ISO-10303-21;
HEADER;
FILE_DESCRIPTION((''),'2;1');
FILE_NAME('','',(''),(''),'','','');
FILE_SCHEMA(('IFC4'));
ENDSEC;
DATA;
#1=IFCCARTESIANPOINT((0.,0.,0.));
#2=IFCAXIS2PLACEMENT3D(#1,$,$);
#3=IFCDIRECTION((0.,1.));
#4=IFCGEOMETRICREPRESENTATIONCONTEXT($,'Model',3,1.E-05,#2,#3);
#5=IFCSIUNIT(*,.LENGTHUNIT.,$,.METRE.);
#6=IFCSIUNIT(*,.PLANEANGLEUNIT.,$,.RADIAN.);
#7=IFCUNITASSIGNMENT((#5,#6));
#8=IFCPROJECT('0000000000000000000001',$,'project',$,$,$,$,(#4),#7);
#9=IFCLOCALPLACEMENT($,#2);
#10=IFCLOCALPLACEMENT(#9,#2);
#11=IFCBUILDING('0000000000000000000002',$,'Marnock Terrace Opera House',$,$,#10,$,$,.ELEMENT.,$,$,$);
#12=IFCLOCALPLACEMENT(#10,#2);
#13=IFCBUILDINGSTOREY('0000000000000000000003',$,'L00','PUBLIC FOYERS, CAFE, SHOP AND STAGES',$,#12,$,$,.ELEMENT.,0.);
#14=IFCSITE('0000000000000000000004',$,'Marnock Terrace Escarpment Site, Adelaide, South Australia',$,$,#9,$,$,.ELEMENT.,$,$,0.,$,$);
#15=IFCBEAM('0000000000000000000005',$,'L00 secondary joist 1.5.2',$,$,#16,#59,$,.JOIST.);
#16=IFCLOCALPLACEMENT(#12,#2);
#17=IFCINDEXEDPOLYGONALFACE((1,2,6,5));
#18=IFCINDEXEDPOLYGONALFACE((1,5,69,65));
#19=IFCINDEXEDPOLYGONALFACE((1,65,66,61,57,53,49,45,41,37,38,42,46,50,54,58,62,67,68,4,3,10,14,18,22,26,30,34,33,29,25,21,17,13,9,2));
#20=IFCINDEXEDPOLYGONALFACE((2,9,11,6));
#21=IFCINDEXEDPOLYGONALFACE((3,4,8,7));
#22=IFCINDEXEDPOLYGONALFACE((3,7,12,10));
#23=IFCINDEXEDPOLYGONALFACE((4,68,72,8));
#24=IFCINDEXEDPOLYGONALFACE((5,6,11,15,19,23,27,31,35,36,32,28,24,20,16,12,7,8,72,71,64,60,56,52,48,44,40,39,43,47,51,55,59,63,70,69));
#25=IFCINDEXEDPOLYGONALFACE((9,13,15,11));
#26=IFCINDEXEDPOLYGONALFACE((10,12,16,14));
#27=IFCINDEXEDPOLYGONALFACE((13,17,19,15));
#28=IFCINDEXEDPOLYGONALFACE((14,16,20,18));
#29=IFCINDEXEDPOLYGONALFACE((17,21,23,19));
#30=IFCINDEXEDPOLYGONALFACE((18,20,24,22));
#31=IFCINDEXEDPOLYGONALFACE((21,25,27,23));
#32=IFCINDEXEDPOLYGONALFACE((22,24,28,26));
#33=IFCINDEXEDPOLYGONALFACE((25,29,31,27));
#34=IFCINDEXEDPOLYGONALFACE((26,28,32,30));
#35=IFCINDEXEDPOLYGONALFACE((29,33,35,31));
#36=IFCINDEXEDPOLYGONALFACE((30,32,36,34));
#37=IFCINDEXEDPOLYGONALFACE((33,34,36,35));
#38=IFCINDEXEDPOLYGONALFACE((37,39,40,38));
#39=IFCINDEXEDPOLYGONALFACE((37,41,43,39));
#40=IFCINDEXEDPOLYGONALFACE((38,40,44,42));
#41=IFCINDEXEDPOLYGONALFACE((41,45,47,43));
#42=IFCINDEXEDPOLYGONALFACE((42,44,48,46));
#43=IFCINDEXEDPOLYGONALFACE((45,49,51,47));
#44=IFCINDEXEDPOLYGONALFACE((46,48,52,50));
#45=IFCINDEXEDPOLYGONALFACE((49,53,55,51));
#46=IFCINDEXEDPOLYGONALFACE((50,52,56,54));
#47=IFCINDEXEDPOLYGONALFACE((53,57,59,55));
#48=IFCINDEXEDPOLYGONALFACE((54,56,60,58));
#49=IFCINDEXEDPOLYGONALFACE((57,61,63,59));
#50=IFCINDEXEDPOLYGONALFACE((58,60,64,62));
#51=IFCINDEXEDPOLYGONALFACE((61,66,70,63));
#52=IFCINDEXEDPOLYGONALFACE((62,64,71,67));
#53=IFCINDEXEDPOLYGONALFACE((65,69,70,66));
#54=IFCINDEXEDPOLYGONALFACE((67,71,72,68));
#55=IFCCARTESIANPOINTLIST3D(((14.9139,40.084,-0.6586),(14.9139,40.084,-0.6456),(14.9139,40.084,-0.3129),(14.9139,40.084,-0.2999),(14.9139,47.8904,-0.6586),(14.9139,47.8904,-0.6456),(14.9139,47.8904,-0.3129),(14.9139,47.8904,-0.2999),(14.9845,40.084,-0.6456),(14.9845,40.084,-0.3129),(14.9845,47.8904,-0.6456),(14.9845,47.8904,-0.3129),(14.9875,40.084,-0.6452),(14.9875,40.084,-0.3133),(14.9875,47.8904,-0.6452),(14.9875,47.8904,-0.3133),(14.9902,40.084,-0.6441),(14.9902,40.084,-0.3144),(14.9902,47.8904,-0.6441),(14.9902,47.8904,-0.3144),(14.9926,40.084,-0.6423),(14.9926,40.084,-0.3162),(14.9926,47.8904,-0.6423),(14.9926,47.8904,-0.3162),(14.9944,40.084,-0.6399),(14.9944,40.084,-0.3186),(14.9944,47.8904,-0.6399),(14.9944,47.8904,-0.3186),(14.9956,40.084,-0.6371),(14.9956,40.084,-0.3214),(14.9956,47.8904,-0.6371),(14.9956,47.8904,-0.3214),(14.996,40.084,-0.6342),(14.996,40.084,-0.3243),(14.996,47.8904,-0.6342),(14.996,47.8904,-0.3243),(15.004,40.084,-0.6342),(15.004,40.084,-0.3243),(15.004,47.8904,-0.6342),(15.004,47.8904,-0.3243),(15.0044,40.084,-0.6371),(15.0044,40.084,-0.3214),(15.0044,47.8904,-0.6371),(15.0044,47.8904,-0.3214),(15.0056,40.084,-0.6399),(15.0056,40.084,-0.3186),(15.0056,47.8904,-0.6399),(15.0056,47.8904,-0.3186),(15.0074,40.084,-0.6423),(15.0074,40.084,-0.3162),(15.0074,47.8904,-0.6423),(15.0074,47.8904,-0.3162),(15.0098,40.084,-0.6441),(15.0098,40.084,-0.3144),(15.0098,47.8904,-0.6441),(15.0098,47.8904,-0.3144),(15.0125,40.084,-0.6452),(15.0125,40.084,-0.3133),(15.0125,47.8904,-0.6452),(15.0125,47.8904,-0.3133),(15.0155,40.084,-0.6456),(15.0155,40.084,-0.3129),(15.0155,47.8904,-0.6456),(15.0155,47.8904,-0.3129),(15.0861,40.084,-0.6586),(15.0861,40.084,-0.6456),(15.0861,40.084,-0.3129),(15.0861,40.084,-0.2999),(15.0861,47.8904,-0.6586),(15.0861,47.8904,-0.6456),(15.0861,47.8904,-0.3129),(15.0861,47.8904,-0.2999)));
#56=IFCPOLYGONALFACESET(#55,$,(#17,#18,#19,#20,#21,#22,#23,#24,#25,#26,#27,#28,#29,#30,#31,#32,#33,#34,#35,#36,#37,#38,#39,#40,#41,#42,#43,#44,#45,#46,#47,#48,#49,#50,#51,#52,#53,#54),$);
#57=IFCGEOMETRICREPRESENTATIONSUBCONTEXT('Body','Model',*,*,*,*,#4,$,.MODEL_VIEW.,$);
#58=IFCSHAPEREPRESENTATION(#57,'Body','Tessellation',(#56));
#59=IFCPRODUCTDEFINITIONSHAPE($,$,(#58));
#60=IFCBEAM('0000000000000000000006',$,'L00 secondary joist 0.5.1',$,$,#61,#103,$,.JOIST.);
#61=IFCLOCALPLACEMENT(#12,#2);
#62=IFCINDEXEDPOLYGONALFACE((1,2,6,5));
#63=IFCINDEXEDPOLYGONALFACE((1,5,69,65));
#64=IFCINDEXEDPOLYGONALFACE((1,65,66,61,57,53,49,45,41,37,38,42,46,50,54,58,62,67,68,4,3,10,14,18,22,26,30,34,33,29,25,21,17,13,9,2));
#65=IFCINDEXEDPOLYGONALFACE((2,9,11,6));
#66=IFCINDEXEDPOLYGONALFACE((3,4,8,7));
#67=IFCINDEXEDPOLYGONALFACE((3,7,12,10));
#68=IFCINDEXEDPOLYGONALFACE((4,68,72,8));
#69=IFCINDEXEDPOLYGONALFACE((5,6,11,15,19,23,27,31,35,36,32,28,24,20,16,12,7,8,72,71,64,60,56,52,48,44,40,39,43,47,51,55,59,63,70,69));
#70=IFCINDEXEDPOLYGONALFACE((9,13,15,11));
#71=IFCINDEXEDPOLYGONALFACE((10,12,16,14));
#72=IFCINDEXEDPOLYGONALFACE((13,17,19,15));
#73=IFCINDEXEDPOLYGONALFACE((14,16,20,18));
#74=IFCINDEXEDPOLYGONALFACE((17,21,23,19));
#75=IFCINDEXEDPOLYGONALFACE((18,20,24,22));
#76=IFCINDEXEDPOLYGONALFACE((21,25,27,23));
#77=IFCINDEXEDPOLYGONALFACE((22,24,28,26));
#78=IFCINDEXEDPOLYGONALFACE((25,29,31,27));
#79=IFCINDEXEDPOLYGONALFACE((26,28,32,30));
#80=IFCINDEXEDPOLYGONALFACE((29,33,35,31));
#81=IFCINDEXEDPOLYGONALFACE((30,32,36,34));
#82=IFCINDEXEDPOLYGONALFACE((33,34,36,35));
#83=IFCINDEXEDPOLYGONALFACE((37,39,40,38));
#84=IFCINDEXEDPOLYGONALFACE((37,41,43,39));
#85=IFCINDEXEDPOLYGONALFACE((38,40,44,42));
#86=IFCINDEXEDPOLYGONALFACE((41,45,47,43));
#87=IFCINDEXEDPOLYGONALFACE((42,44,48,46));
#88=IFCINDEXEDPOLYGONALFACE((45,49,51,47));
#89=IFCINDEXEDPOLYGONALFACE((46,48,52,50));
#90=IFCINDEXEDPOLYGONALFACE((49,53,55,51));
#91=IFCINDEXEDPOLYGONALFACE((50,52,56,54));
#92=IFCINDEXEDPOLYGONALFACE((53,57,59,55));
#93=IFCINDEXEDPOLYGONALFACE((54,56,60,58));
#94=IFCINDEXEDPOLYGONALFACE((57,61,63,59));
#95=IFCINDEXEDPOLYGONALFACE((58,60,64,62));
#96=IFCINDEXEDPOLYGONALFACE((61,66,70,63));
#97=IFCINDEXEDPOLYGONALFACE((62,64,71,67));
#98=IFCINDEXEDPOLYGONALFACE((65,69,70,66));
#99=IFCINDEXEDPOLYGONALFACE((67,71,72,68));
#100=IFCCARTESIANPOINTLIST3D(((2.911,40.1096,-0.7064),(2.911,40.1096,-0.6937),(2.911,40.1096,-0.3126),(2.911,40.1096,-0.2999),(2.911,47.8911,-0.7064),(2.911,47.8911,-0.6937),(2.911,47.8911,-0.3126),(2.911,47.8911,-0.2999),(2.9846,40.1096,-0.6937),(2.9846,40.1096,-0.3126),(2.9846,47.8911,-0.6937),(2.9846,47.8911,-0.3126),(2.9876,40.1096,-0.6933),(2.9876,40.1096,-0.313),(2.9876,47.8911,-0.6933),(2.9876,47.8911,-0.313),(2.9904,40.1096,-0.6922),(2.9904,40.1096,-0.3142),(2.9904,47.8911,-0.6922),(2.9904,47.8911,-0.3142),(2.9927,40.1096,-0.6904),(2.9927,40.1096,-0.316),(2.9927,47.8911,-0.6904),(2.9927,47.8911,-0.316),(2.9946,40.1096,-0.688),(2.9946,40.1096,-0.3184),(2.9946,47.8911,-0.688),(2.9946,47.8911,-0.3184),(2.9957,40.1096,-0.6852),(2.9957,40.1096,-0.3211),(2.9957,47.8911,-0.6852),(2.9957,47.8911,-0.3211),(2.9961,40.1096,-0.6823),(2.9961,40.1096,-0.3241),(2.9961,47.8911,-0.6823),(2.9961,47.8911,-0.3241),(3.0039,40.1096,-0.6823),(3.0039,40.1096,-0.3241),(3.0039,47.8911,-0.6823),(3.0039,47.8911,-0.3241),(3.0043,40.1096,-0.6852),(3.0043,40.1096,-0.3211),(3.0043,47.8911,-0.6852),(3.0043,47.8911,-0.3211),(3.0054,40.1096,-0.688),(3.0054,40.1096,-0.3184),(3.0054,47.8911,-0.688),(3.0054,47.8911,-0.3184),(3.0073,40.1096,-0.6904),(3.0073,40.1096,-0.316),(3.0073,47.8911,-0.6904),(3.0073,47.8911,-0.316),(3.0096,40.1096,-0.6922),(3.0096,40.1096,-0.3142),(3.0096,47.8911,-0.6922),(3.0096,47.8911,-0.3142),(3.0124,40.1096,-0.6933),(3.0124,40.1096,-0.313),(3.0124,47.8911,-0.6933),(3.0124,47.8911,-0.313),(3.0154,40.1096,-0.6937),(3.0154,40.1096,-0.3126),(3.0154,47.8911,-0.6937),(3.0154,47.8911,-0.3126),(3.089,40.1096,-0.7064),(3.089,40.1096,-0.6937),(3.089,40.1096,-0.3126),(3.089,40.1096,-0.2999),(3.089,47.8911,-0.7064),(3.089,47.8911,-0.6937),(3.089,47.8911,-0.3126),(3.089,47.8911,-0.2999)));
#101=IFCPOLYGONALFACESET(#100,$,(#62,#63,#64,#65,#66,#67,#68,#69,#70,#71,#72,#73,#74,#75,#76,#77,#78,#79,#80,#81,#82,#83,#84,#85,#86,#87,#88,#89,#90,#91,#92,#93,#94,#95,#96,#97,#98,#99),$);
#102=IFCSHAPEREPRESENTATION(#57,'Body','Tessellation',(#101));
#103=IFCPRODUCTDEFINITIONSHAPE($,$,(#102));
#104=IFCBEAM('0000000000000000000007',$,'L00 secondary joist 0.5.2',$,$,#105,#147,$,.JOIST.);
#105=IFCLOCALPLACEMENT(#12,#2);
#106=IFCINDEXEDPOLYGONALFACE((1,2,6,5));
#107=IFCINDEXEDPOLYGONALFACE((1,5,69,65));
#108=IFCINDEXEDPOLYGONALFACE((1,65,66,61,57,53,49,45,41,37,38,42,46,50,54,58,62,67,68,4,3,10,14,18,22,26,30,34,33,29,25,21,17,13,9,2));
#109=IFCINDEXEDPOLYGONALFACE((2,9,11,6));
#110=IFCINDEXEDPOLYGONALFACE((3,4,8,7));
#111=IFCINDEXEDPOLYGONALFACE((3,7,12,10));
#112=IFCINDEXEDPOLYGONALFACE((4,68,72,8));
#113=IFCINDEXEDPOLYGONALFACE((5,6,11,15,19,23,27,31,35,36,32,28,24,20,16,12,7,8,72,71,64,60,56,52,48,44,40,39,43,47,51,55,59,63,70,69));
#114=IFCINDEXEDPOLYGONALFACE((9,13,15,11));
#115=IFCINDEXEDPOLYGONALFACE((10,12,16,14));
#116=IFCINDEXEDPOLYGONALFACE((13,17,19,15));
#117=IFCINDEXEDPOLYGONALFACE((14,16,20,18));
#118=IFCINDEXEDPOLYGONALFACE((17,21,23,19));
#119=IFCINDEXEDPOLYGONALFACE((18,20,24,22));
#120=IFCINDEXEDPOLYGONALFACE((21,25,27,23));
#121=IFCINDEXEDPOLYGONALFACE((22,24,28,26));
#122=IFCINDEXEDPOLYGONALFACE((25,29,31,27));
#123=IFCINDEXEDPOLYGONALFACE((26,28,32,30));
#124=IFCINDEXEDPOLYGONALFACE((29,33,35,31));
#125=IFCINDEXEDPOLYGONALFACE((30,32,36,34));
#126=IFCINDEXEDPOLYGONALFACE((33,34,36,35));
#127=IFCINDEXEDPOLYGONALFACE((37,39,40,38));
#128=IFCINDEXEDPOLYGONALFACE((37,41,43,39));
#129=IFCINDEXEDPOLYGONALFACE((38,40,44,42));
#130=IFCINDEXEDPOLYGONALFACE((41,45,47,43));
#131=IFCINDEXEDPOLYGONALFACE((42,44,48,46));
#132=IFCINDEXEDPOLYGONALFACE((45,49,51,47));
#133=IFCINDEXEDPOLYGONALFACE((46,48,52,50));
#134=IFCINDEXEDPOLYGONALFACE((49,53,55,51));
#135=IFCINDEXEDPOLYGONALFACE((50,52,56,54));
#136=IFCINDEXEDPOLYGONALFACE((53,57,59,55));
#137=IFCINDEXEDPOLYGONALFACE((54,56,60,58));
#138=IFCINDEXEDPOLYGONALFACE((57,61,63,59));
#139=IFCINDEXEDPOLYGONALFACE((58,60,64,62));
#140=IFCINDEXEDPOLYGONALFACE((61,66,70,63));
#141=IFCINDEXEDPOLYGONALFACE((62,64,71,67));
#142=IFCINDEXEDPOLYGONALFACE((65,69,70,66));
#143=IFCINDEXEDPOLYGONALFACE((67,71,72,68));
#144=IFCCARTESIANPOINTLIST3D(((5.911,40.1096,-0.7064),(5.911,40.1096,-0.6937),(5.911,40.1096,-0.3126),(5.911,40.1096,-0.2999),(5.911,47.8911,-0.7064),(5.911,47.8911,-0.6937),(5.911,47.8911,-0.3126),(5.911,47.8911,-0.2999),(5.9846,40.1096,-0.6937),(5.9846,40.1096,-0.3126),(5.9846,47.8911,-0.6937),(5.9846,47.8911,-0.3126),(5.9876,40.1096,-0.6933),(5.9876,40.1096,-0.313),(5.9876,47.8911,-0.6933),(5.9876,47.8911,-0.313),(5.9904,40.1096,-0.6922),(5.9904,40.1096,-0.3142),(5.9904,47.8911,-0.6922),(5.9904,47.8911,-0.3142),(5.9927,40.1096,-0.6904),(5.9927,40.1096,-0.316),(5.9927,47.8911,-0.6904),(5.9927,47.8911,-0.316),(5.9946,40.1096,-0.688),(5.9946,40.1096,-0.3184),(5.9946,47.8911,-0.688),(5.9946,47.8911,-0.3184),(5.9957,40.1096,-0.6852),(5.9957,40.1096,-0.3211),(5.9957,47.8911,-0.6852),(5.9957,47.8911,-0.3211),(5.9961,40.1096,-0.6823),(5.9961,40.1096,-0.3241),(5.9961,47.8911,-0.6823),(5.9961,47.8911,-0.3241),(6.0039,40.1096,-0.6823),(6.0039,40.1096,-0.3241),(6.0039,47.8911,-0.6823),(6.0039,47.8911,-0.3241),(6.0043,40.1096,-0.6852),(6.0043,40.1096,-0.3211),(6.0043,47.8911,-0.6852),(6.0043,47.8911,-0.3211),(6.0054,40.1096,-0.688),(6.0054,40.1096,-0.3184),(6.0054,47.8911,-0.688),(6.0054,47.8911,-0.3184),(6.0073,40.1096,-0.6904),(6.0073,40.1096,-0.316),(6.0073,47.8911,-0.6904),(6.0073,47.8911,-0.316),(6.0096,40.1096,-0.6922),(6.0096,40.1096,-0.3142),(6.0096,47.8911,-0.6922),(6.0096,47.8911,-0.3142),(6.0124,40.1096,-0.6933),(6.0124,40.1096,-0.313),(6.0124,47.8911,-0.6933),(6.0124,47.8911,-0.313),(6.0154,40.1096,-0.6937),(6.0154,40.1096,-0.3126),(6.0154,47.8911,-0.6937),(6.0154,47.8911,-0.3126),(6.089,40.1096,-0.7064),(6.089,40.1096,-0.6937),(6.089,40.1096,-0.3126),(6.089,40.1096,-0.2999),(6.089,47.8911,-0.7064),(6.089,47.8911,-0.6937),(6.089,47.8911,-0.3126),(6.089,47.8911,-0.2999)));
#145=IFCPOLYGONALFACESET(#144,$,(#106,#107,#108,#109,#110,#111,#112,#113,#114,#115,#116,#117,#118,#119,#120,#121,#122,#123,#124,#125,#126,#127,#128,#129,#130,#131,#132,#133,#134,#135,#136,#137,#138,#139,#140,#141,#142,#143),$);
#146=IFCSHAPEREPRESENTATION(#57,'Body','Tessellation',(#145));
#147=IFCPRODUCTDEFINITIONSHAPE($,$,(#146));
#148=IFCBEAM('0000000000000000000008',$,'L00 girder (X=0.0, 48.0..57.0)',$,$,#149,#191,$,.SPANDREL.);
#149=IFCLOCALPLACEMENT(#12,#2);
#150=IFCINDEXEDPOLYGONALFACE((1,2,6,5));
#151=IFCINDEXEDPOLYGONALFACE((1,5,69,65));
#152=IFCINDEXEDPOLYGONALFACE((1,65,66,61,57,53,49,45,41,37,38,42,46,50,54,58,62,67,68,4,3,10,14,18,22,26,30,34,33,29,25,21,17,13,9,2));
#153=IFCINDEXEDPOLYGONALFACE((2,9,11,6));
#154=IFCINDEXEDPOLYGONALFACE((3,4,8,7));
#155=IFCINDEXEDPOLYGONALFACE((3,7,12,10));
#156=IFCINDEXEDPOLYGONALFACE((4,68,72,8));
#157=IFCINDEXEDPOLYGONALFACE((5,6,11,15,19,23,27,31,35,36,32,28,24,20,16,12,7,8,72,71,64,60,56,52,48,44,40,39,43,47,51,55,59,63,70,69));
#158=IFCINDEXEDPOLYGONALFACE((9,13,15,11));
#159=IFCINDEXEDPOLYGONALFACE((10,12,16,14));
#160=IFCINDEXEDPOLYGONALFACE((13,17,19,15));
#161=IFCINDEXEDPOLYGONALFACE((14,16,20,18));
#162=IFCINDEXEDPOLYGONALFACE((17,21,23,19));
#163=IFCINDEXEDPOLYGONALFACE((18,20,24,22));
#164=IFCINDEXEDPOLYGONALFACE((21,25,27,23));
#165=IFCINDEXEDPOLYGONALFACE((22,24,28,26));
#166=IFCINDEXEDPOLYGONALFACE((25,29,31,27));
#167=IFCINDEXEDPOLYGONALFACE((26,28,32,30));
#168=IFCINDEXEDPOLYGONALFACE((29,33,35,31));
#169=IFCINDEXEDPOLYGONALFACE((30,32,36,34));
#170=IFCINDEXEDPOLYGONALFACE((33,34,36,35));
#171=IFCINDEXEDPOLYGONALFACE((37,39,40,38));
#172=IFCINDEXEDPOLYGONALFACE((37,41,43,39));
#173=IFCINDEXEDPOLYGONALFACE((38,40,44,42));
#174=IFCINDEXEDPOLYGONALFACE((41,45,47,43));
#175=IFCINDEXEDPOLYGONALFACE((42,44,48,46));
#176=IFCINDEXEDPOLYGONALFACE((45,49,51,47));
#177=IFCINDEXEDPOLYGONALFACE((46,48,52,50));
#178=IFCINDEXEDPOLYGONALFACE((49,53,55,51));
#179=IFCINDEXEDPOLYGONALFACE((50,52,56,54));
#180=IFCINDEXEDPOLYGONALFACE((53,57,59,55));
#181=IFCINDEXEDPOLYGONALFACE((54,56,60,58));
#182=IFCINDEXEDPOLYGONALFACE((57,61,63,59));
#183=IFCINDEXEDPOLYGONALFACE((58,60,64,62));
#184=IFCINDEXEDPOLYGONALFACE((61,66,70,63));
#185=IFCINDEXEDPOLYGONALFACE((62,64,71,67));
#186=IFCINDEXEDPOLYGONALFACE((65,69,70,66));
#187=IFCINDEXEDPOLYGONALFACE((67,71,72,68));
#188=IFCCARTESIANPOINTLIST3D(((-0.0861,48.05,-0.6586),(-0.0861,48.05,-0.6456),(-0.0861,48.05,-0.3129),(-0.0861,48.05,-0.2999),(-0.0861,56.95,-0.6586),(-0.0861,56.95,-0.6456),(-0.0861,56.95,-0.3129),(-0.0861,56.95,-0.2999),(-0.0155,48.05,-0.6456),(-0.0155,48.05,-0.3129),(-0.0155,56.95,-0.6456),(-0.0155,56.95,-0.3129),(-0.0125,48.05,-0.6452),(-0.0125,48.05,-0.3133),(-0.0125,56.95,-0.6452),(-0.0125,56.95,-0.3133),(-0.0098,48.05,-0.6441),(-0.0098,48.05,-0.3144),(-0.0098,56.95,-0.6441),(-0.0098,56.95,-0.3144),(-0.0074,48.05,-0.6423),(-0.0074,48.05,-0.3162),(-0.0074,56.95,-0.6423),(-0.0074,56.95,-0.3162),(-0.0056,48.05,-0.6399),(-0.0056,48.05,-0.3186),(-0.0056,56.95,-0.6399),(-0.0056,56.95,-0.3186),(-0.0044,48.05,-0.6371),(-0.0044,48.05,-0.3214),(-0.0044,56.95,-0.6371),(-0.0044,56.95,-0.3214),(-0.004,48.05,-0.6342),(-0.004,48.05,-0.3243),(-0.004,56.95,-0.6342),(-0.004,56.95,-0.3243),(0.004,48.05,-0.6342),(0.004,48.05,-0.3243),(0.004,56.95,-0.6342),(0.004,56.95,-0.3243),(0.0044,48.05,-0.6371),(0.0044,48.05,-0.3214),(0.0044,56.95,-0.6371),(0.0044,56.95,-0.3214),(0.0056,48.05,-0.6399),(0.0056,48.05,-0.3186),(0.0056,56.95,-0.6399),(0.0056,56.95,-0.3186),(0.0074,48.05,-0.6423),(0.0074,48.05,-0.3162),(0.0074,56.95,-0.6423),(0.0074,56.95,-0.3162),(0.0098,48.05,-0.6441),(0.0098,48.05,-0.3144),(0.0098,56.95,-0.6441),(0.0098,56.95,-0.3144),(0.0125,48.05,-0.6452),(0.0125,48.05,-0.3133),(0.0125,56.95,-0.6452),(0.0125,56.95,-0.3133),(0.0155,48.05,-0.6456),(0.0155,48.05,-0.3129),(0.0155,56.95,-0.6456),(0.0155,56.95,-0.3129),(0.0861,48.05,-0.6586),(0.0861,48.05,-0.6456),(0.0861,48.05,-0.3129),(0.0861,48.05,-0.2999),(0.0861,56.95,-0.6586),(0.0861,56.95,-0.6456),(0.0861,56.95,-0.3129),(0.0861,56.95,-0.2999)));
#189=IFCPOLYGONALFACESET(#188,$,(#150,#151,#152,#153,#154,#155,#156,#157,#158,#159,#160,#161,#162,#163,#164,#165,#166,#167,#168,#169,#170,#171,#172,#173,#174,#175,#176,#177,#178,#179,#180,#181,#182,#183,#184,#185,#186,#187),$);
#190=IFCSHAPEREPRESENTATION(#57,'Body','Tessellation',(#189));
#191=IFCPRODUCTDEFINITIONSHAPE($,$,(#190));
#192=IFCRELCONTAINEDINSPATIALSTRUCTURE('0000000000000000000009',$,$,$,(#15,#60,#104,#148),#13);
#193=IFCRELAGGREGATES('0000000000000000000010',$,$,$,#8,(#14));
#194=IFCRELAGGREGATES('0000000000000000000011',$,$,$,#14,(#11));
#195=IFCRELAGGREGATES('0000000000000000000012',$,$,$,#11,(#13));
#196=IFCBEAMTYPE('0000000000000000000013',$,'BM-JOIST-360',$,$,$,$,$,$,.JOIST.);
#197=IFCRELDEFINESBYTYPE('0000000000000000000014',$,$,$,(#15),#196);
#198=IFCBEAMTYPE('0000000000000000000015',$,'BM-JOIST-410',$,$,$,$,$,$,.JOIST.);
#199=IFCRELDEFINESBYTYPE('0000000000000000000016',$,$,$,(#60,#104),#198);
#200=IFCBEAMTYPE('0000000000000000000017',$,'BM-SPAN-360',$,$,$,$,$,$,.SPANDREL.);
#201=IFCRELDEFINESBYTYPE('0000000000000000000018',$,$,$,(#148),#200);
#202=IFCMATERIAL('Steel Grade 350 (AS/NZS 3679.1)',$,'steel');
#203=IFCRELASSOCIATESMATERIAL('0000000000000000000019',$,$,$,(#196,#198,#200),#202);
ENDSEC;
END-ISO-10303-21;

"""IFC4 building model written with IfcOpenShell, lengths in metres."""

from ifc_helpers import new_model, si_unit, direction, frame, origin, origin_2d, place, context, subcontext, project, spatial, i_section, extrude, material, material_profile, profile_set, type_object, element, save


model = new_model("IFC4")

# Units and contexts
model_context = context("Model", 3, precision=1e-05, world=origin(), true_north=direction((0.0, 1.0)))
body_context = subcontext(model_context, "Body", "Model", "MODEL_VIEW")
ifc_project = project(units=[si_unit("LENGTHUNIT", "METRE"), si_unit("PLANEANGLEUNIT", "RADIAN")], contexts=[model_context])

# Site, building, storey
site_placement = place(None, origin())
site = spatial("IfcSite", under=ifc_project, at=site_placement, Name="Marnock Terrace Escarpment Site, Adelaide, South Australia", CompositionType="ELEMENT", RefElevation=0.0)
building_placement = place(site_placement, origin())
building = spatial("IfcBuilding", under=site, at=building_placement, Name="Marnock Terrace Opera House", CompositionType="ELEMENT")
storey_placement = place(building_placement, origin())
storey = spatial("IfcBuildingStorey", under=building, at=storey_placement, Name="L00", Description="PUBLIC FOYERS, CAFE, SHOP AND STAGES", CompositionType="ELEMENT", Elevation=0.0)

# Shared definitions
ifc_material_1 = material(Name="Steel Grade 350 (AS/NZS 3679.1)", Category="steel")

# Beams
ifc_material_profile_1 = material_profile(ifc_material_1, i_section(OverallWidth=0.1721, OverallDepth=0.3586, WebThickness=0.0081, FlangeThickness=0.0129, FilletRadius=0.0115, at=origin_2d()))
ifc_profile_set_1 = profile_set([ifc_material_profile_1], Name="Steel Grade 350 (AS/NZS 3679.1)")
beam_type_1 = type_object("IfcBeamType", Name="BM-JOIST-360", PredefinedType="JOIST", material=ifc_profile_set_1)
for number, where, z_axis, x_axis, name in (
    (1, (15.0, 40.084, -0.4792), (0.0, 1.0, 0.0), (-1.0, 0.0, 0.0), "L00 secondary joist 1.5.2"),
):
    element("IfcBeam", number, at=place(storey_placement, frame(where, z_axis=z_axis, x_axis=x_axis)), inside=storey, type_object=beam_type_1, Name=name, PredefinedType="JOIST", context=body_context, shape_type="SweptSolid", body=[
        extrude(i_section(OverallWidth=0.1721, OverallDepth=0.3586, WebThickness=0.0081, FlangeThickness=0.0129, FilletRadius=0.0115, at=origin_2d()), origin(), (0.0, 0.0, 1.0), 7.8064),
    ])
ifc_material_profile_2 = material_profile(ifc_material_1, i_section(OverallWidth=0.178, OverallDepth=0.4065, WebThickness=0.0078, FlangeThickness=0.0127, FilletRadius=0.0115, at=origin_2d()))
ifc_profile_set_2 = profile_set([ifc_material_profile_2], Name="Steel Grade 350 (AS/NZS 3679.1)")
beam_type_2 = type_object("IfcBeamType", Name="BM-JOIST-410", PredefinedType="JOIST", material=ifc_profile_set_2)
for number, where, z_axis, x_axis, name in (
    (2, (3.0, 40.1096, -0.5032), (0.0, 1.0, 0.0), (-1.0, 0.0, 0.0), "L00 secondary joist 0.5.1"),
    (3, (6.0, 40.1096, -0.5032), (0.0, 1.0, 0.0), (-1.0, 0.0, 0.0), "L00 secondary joist 0.5.2"),
):
    element("IfcBeam", number, at=place(storey_placement, frame(where, z_axis=z_axis, x_axis=x_axis)), inside=storey, type_object=beam_type_2, Name=name, PredefinedType="JOIST", context=body_context, shape_type="SweptSolid", body=[
        extrude(i_section(OverallWidth=0.178, OverallDepth=0.4065, WebThickness=0.0078, FlangeThickness=0.0127, FilletRadius=0.0115, at=origin_2d()), origin(), (0.0, 0.0, 1.0), 7.7815),
    ])
ifc_material_profile_3 = material_profile(ifc_material_1, i_section(OverallWidth=0.1721, OverallDepth=0.3586, WebThickness=0.0081, FlangeThickness=0.0129, FilletRadius=0.0115, at=origin_2d()))
ifc_profile_set_3 = profile_set([ifc_material_profile_3], Name="Steel Grade 350 (AS/NZS 3679.1)")
beam_type_3 = type_object("IfcBeamType", Name="BM-SPAN-360", PredefinedType="SPANDREL", material=ifc_profile_set_3)
beam_1_placement = place(storey_placement, frame((0.0, 48.05, -0.4792), z_axis=(0.0, 1.0, 0.0), x_axis=(-1.0, 0.0, 0.0)))
element("IfcBeam", 4, at=beam_1_placement, inside=storey, type_object=beam_type_3, Name="L00 girder (X=0.0, 48.0..57.0)", PredefinedType="SPANDREL", context=body_context, shape_type="SweptSolid", body=[
    extrude(i_section(OverallWidth=0.1721, OverallDepth=0.3586, WebThickness=0.0081, FlangeThickness=0.0129, FilletRadius=0.0115, at=origin_2d()), origin(), (0.0, 0.0, 1.0), 8.8999),
])

save(model, "model.ifc")
